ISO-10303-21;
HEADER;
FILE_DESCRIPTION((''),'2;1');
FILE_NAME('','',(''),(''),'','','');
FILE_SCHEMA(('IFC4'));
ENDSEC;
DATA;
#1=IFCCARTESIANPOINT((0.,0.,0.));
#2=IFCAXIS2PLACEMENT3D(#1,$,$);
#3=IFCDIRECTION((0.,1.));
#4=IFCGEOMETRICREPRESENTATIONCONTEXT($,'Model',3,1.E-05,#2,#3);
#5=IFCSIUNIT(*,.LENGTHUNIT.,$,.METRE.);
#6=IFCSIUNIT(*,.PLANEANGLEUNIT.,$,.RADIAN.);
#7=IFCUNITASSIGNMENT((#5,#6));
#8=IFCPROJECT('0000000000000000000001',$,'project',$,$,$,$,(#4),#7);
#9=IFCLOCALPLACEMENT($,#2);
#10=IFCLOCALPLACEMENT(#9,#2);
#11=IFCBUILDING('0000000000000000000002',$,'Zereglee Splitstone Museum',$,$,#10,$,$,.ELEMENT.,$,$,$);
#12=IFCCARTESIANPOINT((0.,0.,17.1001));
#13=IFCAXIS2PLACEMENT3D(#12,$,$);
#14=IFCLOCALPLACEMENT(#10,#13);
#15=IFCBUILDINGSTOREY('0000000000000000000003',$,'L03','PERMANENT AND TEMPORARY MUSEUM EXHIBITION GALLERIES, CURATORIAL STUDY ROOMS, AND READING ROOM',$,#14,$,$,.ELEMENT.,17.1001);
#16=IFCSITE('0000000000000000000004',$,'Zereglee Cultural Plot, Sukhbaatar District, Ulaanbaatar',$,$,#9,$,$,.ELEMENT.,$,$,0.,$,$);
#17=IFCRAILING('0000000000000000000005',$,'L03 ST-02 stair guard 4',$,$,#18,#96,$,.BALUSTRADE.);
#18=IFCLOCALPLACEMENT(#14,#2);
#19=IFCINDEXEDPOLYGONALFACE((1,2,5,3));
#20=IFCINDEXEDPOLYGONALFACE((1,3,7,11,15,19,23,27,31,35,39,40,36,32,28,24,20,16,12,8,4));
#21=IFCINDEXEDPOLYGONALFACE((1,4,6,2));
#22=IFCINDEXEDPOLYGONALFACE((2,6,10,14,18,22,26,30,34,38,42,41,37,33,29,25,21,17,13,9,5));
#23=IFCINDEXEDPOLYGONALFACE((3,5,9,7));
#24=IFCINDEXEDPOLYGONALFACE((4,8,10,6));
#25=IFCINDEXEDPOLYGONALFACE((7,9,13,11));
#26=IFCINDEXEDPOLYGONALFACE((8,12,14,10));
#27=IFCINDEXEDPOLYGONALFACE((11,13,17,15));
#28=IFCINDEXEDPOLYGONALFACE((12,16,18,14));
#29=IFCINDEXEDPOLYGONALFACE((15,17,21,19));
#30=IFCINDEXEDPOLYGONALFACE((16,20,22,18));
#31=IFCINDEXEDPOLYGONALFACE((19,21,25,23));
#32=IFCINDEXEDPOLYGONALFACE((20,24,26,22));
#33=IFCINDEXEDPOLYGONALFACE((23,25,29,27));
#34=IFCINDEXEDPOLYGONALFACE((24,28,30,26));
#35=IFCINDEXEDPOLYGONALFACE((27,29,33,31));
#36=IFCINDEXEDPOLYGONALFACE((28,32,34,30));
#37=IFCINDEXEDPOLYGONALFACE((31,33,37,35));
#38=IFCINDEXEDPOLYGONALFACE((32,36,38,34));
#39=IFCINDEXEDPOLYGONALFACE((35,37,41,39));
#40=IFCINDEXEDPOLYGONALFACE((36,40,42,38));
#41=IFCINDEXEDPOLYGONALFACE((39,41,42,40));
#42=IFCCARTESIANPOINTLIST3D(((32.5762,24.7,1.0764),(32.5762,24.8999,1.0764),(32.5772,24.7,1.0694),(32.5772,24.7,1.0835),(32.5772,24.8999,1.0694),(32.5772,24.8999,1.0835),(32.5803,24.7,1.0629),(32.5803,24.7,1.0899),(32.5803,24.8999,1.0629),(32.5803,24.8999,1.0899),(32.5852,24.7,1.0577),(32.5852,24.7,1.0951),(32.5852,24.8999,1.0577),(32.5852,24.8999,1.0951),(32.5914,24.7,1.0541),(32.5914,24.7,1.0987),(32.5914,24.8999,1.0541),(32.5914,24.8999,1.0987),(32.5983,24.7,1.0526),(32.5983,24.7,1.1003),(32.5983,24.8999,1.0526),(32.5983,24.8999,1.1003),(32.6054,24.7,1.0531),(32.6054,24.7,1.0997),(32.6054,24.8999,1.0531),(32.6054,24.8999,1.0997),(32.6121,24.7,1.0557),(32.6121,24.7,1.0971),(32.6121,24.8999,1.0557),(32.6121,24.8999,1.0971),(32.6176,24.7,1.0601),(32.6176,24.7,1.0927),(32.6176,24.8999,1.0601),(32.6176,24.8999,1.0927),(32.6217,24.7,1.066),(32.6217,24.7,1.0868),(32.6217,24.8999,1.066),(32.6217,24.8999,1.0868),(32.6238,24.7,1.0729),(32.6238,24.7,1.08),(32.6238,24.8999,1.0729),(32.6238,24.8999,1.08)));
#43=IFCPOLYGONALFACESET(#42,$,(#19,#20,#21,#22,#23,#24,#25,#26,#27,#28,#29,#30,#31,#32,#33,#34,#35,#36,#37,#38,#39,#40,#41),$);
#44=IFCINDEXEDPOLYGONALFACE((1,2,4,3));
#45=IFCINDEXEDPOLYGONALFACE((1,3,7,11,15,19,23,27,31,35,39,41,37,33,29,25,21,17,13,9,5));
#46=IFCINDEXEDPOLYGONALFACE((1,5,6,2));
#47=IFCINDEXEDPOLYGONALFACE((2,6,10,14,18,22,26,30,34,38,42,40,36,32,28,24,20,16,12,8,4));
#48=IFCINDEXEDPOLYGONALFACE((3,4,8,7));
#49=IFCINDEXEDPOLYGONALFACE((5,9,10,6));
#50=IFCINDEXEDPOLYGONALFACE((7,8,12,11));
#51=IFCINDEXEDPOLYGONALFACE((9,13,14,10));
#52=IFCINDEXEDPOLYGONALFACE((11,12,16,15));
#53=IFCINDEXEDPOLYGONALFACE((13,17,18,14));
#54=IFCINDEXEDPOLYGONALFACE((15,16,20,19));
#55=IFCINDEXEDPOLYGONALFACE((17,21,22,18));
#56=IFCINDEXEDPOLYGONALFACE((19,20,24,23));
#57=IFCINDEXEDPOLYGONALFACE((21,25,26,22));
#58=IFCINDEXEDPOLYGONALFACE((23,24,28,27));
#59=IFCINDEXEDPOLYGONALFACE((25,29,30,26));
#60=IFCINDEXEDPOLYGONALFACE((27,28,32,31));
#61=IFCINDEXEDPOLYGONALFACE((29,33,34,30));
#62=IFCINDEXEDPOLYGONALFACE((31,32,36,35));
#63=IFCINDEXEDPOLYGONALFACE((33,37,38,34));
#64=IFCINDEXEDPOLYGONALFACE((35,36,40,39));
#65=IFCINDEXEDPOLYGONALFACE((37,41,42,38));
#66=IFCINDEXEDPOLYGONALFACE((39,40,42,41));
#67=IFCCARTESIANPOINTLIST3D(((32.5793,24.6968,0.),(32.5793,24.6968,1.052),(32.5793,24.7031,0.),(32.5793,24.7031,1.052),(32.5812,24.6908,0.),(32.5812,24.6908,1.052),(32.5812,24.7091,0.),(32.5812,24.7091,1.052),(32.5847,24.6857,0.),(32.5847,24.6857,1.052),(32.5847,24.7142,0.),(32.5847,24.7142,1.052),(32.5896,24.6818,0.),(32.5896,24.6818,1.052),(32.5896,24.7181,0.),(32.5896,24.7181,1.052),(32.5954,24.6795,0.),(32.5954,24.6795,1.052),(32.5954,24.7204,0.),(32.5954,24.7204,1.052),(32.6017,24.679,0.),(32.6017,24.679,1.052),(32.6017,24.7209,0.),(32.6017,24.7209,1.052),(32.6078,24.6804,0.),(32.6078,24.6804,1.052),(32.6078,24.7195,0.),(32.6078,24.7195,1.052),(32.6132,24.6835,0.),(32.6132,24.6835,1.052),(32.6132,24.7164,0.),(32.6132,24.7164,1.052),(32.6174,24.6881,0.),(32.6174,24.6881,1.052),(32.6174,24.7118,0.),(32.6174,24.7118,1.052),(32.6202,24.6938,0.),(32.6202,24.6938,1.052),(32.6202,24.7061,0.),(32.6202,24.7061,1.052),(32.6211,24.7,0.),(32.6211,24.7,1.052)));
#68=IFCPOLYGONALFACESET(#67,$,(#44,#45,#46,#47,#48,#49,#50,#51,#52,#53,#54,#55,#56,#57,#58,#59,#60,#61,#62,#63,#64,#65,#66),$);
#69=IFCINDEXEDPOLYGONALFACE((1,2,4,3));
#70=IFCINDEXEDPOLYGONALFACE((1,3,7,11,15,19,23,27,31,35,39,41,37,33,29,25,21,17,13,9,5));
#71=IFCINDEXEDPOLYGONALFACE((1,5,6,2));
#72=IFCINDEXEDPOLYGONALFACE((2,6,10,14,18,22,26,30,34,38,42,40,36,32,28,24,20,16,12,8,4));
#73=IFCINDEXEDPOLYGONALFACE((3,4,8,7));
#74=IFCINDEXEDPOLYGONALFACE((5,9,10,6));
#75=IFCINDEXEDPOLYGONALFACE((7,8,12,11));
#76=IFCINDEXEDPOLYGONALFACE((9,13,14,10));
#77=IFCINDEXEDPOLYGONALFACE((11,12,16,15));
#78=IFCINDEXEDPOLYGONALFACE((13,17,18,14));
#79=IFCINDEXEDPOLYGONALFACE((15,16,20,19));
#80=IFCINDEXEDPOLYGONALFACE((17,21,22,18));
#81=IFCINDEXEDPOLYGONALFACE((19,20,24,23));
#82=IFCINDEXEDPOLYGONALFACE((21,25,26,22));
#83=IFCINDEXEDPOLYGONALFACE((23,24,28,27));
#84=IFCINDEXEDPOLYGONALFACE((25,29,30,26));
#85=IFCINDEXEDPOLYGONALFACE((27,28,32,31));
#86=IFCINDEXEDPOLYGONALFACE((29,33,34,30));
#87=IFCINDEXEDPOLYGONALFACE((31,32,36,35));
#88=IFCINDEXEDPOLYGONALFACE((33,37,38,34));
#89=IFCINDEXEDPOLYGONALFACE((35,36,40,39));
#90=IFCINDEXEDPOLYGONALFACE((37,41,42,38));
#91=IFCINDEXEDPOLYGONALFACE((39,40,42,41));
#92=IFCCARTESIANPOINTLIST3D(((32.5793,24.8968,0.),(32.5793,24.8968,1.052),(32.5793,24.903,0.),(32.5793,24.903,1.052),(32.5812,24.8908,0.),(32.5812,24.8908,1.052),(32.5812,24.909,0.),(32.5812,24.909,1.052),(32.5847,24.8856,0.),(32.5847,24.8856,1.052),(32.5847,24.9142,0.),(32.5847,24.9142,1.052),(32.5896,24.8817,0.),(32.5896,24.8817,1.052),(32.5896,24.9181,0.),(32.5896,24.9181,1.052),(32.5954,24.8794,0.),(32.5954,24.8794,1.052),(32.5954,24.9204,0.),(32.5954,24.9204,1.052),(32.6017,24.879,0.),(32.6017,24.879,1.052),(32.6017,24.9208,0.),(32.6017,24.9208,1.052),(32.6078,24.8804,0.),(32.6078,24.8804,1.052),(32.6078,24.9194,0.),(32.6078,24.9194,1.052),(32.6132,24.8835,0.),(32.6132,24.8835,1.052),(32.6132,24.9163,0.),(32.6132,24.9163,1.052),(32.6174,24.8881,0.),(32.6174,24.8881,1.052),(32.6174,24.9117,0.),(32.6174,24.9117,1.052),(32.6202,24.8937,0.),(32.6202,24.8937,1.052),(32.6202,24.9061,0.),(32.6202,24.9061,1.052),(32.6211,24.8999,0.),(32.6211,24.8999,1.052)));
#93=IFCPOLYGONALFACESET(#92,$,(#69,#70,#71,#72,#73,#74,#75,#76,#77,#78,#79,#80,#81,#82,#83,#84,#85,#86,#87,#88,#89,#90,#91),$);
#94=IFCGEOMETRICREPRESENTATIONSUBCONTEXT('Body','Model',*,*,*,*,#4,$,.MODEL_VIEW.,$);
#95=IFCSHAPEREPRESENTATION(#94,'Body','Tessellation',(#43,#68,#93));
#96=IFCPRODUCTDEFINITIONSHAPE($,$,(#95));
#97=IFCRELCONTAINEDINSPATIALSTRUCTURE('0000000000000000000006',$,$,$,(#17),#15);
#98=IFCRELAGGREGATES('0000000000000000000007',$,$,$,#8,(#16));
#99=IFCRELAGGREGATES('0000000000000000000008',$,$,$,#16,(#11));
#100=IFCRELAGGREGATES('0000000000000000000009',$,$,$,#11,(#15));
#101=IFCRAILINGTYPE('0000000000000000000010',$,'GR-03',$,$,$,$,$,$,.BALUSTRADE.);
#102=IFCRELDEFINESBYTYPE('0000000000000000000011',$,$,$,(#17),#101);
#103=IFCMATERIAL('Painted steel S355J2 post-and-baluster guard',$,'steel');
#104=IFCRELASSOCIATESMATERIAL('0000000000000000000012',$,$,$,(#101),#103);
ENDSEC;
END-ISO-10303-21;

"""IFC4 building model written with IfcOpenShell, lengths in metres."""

from ifc_helpers import new_model, si_unit, direction, frame, origin, origin_2d, place, context, subcontext, project, spatial, circle, extrude, material, type_object, element, save


model = new_model("IFC4")

# Units and contexts
model_context = context("Model", 3, precision=1e-05, world=origin(), true_north=direction((0.0, 1.0)))
body_context = subcontext(model_context, "Body", "Model", "MODEL_VIEW")
ifc_project = project(units=[si_unit("LENGTHUNIT", "METRE"), si_unit("PLANEANGLEUNIT", "RADIAN")], contexts=[model_context])

# Site, building, storey
site_placement = place(None, origin())
site = spatial("IfcSite", under=ifc_project, at=site_placement, Name="Zereglee Cultural Plot, Sukhbaatar District, Ulaanbaatar", CompositionType="ELEMENT", RefElevation=0.0)
building_placement = place(site_placement, origin())
building = spatial("IfcBuilding", under=site, at=building_placement, Name="Zereglee Splitstone Museum", CompositionType="ELEMENT")
storey_placement = place(building_placement, frame((0.0, 0.0, 17.1001)))
storey = spatial("IfcBuildingStorey", under=building, at=storey_placement, Name="L03", Description="PERMANENT AND TEMPORARY MUSEUM EXHIBITION GALLERIES, CURATORIAL STUDY ROOMS, AND READING ROOM", CompositionType="ELEMENT", Elevation=17.1001)

# Railing
ifc_material_1 = material(Name="Painted steel S355J2 post-and-baluster guard", Category="steel")
railing_type_1 = type_object("IfcRailingType", Name="GR-03", PredefinedType="BALUSTRADE", material=ifc_material_1)
railing_1_placement = place(storey_placement, frame((32.6001, 24.7, 0.0)))
element("IfcRailing", 1, at=railing_1_placement, inside=storey, type_object=railing_type_1, Name="L03 ST-02 stair guard 4", PredefinedType="BALUSTRADE", context=body_context, shape_type="SweptSolid", body=[
    extrude(circle(Radius=0.0239, at=origin_2d()), frame((0.0, 0.0, 1.0764), z_axis=(0.0, 1.0, 0.0), x_axis=(-1.0, 0.0, 0.0)), (0.0, 0.0, 1.0), 0.2),
    extrude(circle(Radius=0.021, at=origin_2d()), origin(), (0.0, 0.0, 1.0), 1.052),
    extrude(circle(Radius=0.021, at=origin_2d()), frame((0.0, 0.2, 0.0)), (0.0, 0.0, 1.0), 1.052),
])

save(model, "model.ifc")
